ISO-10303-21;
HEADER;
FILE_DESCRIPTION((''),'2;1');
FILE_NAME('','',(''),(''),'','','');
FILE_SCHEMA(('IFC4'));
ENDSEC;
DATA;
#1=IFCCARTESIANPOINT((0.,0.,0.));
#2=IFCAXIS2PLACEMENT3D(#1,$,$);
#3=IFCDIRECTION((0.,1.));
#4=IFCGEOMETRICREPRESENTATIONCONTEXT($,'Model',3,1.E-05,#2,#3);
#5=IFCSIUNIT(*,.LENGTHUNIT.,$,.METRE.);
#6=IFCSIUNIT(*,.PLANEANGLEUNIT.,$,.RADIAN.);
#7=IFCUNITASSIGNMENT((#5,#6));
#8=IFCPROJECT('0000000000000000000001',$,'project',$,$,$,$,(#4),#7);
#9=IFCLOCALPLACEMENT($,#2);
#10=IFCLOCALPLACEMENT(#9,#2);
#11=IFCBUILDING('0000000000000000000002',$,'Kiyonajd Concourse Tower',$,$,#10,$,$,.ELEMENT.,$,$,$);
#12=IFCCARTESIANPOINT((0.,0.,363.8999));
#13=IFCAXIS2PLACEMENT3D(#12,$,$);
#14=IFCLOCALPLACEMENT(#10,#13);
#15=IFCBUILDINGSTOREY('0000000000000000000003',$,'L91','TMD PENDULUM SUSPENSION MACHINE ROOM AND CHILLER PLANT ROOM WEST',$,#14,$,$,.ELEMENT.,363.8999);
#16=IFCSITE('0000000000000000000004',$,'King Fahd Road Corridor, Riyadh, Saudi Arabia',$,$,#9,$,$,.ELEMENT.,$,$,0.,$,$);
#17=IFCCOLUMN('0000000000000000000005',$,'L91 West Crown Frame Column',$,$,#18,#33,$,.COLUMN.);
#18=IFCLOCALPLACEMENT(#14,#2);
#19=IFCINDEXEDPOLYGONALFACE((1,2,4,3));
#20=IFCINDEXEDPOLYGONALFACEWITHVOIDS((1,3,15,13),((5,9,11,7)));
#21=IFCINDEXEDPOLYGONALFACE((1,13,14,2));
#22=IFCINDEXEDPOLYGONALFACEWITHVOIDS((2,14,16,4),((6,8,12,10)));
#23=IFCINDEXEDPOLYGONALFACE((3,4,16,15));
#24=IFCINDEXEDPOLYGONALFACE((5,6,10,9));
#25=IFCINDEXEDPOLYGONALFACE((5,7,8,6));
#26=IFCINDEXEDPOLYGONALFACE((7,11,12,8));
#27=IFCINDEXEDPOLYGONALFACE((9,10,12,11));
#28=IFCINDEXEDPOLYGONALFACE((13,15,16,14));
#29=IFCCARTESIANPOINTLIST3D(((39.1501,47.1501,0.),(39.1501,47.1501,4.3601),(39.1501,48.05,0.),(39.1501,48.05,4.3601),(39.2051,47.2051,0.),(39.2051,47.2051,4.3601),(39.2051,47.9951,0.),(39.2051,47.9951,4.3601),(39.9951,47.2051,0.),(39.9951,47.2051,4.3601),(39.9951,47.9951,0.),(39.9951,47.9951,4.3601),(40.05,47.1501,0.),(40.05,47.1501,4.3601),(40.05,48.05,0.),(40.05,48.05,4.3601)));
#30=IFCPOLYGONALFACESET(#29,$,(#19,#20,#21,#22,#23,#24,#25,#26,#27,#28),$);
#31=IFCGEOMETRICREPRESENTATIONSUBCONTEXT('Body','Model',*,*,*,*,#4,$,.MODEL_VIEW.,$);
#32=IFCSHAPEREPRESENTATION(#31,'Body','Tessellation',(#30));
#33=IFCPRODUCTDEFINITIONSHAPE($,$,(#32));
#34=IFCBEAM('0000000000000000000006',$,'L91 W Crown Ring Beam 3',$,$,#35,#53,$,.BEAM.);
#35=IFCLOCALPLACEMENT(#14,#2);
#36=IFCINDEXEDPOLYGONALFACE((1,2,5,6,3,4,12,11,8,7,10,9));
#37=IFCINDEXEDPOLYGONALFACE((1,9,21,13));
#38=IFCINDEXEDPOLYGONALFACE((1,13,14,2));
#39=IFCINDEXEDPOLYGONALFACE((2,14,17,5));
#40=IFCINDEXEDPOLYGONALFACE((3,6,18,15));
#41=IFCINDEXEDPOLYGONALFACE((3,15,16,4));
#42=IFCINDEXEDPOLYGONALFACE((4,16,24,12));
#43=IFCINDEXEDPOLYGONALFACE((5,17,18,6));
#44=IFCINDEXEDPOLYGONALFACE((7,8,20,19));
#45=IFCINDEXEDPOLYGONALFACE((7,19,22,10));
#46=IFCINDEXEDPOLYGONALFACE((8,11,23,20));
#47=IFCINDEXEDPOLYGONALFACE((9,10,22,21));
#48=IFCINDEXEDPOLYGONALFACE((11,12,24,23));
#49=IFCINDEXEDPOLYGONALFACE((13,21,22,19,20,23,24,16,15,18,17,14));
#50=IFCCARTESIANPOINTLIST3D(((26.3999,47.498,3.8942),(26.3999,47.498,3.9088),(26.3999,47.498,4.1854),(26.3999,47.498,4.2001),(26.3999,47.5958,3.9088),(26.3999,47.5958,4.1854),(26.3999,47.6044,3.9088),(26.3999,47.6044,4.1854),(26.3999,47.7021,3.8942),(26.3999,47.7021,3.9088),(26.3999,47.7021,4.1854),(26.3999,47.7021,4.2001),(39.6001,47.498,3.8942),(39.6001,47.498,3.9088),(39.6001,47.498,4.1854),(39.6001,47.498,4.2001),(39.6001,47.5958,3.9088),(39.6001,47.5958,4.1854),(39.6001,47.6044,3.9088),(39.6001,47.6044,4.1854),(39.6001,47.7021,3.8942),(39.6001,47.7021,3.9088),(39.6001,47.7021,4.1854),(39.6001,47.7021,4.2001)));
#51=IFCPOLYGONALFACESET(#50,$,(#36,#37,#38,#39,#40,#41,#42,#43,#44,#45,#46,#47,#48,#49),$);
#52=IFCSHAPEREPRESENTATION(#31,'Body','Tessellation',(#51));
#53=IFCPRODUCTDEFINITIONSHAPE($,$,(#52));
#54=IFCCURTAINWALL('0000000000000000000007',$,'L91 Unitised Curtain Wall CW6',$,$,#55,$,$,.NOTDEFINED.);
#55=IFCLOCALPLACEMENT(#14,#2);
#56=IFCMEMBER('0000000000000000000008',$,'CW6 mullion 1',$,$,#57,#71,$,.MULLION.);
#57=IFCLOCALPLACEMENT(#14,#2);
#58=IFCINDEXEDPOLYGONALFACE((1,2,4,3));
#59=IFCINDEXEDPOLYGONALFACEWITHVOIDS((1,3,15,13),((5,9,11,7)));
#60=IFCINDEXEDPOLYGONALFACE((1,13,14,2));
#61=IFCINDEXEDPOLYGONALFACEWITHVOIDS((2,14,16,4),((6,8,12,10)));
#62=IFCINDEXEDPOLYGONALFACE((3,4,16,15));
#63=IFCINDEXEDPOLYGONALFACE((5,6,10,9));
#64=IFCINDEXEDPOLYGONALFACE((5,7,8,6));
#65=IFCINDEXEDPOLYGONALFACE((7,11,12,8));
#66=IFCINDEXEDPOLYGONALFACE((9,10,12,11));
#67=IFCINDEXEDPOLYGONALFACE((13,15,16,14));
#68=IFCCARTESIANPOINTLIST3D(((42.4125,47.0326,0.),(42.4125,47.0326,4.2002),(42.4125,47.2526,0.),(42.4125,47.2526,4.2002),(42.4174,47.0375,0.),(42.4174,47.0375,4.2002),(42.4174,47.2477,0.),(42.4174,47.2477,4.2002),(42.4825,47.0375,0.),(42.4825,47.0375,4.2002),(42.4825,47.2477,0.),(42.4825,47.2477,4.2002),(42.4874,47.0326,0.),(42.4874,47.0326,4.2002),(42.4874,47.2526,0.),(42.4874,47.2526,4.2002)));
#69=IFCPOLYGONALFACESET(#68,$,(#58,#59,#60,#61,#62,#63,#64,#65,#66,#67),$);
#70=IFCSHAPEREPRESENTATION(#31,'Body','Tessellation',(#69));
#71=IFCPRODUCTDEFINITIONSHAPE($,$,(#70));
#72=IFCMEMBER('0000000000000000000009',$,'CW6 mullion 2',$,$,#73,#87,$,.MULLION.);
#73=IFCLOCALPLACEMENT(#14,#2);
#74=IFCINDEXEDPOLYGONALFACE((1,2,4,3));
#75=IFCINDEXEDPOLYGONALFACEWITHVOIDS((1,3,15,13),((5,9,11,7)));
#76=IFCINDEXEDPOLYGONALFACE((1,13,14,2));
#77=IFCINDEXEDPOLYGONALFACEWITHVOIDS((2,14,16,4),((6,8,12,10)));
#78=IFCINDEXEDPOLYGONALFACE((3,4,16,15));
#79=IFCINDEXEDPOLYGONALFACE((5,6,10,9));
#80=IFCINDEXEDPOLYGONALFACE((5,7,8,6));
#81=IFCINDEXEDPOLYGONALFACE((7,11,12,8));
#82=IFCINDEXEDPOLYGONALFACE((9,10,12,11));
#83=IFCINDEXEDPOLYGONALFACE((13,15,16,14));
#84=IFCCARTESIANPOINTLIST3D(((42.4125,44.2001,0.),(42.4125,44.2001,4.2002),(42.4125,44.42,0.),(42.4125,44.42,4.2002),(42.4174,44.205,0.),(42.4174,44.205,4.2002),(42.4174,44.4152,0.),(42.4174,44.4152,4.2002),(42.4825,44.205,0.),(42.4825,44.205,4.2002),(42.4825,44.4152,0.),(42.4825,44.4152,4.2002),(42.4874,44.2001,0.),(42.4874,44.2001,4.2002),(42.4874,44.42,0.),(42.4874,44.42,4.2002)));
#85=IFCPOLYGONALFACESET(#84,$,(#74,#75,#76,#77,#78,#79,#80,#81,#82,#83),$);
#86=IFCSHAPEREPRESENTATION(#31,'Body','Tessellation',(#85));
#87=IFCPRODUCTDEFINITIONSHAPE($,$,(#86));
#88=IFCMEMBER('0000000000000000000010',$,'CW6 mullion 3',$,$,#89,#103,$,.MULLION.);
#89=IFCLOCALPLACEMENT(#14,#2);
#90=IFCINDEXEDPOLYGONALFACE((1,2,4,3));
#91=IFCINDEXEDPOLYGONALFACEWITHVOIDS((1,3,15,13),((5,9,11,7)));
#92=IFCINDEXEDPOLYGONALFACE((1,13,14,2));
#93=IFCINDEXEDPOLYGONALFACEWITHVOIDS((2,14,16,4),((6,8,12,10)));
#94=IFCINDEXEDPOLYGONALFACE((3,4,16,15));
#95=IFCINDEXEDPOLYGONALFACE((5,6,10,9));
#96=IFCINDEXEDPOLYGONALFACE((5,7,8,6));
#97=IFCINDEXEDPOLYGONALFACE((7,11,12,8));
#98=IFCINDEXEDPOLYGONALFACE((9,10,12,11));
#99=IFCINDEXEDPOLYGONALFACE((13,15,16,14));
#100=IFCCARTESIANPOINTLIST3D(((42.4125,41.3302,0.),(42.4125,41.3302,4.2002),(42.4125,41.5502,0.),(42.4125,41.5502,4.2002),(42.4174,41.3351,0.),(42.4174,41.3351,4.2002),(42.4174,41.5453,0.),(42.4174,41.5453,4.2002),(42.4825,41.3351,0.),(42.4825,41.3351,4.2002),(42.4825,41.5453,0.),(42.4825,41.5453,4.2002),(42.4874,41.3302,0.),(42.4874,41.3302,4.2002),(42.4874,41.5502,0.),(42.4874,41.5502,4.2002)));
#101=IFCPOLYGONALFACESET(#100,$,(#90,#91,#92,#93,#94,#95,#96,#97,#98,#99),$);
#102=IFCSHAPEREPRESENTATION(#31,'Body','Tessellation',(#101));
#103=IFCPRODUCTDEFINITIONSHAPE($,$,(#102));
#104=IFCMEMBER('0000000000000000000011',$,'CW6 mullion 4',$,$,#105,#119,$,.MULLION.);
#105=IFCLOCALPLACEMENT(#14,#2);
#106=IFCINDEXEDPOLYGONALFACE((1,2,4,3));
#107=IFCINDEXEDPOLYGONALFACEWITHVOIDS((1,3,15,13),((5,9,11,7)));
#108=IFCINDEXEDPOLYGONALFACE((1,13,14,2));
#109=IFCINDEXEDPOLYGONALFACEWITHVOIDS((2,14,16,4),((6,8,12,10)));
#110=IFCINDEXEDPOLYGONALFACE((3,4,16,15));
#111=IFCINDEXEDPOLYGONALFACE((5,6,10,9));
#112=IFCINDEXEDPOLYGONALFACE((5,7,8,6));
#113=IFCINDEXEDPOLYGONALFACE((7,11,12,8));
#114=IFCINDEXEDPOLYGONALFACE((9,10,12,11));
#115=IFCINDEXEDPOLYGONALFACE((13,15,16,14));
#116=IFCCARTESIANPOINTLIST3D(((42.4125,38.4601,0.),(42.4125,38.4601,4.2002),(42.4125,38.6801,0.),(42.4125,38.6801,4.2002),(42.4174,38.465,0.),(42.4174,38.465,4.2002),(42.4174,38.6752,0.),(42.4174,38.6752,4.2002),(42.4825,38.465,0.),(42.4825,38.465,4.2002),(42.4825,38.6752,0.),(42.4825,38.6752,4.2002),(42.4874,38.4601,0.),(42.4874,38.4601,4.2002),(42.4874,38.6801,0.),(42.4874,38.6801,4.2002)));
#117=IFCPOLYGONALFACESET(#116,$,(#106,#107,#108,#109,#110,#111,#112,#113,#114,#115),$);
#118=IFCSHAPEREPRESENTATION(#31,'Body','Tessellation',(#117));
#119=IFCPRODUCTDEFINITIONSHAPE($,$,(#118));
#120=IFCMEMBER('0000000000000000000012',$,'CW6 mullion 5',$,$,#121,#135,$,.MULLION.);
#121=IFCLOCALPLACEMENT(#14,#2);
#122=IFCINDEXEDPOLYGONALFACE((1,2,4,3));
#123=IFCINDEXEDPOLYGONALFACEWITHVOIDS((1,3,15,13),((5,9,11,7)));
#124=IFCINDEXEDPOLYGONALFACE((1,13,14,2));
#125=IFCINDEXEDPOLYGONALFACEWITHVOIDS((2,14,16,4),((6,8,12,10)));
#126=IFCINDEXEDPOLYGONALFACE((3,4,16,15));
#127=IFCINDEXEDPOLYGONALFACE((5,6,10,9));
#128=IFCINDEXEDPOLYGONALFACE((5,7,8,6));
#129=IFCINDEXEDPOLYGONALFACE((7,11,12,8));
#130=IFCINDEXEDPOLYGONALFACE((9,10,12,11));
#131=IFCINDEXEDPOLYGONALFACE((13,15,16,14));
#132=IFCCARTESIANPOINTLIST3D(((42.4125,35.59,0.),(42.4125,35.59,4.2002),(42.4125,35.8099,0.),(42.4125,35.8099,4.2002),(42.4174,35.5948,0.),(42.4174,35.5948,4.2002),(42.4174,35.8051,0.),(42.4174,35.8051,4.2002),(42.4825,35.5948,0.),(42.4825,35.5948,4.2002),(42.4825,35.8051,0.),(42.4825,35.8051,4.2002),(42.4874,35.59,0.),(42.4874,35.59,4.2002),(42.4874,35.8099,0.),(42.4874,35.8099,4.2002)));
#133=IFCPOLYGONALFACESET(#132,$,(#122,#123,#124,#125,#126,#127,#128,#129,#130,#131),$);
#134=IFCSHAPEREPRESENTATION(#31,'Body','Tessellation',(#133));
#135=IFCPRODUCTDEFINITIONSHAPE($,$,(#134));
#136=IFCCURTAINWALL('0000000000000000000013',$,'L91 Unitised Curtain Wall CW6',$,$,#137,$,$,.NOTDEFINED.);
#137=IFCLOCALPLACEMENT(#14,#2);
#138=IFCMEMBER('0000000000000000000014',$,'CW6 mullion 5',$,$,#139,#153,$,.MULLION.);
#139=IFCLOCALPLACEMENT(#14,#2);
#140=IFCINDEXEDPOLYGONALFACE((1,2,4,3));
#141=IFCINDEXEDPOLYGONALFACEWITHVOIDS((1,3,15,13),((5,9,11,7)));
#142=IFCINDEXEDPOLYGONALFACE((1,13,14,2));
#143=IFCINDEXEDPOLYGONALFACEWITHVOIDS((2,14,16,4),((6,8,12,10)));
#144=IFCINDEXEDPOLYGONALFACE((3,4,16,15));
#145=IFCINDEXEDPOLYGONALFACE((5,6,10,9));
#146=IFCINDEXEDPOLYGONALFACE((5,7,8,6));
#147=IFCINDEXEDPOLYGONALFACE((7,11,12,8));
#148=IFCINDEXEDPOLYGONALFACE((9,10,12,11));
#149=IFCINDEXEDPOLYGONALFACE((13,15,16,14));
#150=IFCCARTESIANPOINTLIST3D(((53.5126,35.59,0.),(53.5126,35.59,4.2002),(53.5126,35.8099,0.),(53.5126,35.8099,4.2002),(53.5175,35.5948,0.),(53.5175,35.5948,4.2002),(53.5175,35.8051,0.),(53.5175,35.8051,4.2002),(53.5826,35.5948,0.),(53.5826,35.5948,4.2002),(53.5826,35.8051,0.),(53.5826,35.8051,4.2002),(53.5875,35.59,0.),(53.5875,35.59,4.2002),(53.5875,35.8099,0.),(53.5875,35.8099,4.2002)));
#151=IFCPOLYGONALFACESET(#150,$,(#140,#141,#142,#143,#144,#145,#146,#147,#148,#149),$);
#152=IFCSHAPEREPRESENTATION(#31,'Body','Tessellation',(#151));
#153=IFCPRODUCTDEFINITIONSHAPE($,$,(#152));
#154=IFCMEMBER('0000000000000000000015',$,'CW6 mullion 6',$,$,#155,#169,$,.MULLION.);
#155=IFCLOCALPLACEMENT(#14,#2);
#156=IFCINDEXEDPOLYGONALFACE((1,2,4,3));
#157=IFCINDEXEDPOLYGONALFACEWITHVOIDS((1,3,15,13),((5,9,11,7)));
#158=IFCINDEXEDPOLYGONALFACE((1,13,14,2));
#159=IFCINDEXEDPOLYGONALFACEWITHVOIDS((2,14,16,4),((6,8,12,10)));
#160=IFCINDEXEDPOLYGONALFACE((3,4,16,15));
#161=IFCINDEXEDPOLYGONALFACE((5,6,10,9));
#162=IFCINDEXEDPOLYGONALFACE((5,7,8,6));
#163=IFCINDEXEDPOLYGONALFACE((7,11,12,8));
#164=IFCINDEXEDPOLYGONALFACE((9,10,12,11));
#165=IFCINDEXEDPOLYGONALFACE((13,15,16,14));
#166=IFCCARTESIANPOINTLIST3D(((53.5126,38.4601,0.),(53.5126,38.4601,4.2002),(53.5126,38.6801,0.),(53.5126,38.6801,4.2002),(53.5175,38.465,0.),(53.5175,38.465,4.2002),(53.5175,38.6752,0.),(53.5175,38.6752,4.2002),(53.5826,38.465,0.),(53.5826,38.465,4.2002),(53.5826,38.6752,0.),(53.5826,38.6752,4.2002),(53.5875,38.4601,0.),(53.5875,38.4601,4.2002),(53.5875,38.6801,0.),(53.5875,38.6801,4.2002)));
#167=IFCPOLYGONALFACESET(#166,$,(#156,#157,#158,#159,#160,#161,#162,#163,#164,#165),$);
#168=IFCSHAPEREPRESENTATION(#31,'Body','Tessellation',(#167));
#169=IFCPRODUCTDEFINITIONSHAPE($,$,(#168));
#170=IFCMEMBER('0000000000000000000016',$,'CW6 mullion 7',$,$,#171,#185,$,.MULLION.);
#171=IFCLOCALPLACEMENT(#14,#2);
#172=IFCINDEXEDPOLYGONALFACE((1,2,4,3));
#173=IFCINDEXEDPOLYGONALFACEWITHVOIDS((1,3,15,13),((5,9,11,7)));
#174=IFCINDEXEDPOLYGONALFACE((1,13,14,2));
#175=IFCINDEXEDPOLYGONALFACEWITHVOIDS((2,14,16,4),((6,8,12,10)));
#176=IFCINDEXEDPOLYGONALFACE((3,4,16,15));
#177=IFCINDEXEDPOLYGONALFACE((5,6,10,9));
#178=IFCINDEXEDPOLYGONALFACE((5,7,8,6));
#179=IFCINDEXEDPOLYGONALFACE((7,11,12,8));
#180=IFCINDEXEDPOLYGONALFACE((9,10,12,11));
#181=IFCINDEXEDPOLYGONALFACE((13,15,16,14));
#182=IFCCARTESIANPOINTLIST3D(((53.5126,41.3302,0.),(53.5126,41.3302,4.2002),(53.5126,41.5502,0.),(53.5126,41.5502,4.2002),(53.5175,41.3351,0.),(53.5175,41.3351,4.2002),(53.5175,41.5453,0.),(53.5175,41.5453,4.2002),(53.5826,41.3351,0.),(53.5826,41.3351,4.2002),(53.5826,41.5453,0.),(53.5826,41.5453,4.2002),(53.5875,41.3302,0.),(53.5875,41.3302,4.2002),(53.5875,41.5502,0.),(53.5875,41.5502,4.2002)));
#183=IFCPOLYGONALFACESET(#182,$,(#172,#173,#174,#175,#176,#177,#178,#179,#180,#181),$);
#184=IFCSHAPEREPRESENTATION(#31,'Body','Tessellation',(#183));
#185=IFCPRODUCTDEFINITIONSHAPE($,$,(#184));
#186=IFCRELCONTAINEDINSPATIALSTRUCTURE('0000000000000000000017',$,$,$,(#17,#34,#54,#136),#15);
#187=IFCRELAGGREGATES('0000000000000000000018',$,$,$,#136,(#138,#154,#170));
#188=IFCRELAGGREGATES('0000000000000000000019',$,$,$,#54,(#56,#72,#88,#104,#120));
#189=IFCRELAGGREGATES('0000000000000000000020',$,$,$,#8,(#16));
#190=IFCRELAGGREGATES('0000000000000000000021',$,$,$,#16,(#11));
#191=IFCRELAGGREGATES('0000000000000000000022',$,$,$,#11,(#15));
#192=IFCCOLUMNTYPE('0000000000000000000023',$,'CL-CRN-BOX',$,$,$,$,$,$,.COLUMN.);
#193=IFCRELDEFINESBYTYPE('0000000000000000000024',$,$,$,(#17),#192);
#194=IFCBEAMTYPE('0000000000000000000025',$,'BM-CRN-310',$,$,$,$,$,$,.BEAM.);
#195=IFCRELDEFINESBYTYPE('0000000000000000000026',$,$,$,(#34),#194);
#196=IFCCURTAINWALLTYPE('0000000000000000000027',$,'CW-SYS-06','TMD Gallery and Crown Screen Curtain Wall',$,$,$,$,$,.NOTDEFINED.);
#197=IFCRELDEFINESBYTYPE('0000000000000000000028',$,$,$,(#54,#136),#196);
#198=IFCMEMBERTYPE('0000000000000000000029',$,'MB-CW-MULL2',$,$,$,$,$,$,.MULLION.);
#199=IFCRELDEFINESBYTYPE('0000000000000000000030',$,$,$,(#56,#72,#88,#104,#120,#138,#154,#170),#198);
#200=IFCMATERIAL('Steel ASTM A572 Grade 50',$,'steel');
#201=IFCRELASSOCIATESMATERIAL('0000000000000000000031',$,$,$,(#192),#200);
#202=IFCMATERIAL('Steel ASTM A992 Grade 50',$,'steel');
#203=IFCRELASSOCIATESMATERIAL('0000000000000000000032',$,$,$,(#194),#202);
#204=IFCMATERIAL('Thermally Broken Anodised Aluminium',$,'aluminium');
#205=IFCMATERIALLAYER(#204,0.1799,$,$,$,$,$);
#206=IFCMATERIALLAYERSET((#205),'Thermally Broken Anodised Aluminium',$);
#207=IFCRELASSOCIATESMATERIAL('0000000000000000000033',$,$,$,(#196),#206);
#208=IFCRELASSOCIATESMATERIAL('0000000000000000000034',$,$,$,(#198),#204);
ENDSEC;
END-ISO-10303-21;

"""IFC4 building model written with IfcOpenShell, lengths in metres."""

from ifc_helpers import new_model, si_unit, direction, frame, origin, origin_2d, place, context, subcontext, project, spatial, hollow_rectangle, i_section, extrude, material, layer, layer_set, material_profile, profile_set, type_object, element, aggregate, save


model = new_model("IFC4")

# Units and contexts
model_context = context("Model", 3, precision=1e-05, world=origin(), true_north=direction((0.0, 1.0)))
body_context = subcontext(model_context, "Body", "Model", "MODEL_VIEW")
ifc_project = project(units=[si_unit("LENGTHUNIT", "METRE"), si_unit("PLANEANGLEUNIT", "RADIAN")], contexts=[model_context])

# Site, building, storey
site_placement = place(None, origin())
site = spatial("IfcSite", under=ifc_project, at=site_placement, Name="King Fahd Road Corridor, Riyadh, Saudi Arabia", CompositionType="ELEMENT", RefElevation=0.0)
building_placement = place(site_placement, origin())
building = spatial("IfcBuilding", under=site, at=building_placement, Name="Kiyonajd Concourse Tower", CompositionType="ELEMENT")
storey_placement = place(building_placement, frame((0.0, 0.0, 363.8999)))
storey = spatial("IfcBuildingStorey", under=building, at=storey_placement, Name="L91", Description="TMD PENDULUM SUSPENSION MACHINE ROOM AND CHILLER PLANT ROOM WEST", CompositionType="ELEMENT", Elevation=363.8999)

# Column
ifc_material_1 = material(Name="Steel ASTM A572 Grade 50", Category="steel")
ifc_material_profile_1 = material_profile(ifc_material_1, hollow_rectangle(XDim=0.8999, YDim=0.8999, WallThickness=0.0549, at=origin_2d()), Name="BOX-900x900x55")
ifc_profile_set_1 = profile_set([ifc_material_profile_1], Name="Steel ASTM A572 Grade 50")
column_type = type_object("IfcColumnType", Name="CL-CRN-BOX", PredefinedType="COLUMN", material=ifc_profile_set_1)
column_placement = place(storey_placement, frame((39.6001, 47.6001, 0.0), z_axis=(0.0, 0.0, 1.0), x_axis=(1.0, 0.0, 0.0)))
element("IfcColumn", 1, at=column_placement, inside=storey, type_object=column_type, Name="L91 West Crown Frame Column", PredefinedType="COLUMN", context=body_context, shape_type="SweptSolid", body=[
    extrude(hollow_rectangle(XDim=0.8999, YDim=0.8999, WallThickness=0.0549, at=origin_2d()), origin(), (0.0, 0.0, 1.0), 4.3601),
])

# Beam
ifc_material_2 = material(Name="Steel ASTM A992 Grade 50", Category="steel")
ifc_material_profile_2 = material_profile(ifc_material_2, i_section(OverallWidth=0.2041, OverallDepth=0.3059, WebThickness=0.0085, FlangeThickness=0.0146, at=origin_2d()), Name="W310X67")
ifc_profile_set_2 = profile_set([ifc_material_profile_2], Name="Steel ASTM A992 Grade 50")
beam_type = type_object("IfcBeamType", Name="BM-CRN-310", PredefinedType="BEAM", material=ifc_profile_set_2)
beam_placement = place(storey_placement, frame((39.6001, 47.6001, 4.0471), z_axis=(-1.0, 0.0, 0.0), x_axis=(0.0, -1.0, 0.0)))
element("IfcBeam", 2, at=beam_placement, inside=storey, type_object=beam_type, Name="L91 W Crown Ring Beam 3", PredefinedType="BEAM", context=body_context, shape_type="SweptSolid", body=[
    extrude(i_section(OverallWidth=0.2041, OverallDepth=0.3059, WebThickness=0.0085, FlangeThickness=0.0146, at=origin_2d()), origin(), (0.0, 0.0, 1.0), 13.2002),
])

# Curtain walls, members
ifc_material_3 = material(Name="Thermally Broken Anodised Aluminium", Category="aluminium")
ifc_layer_1 = layer(ifc_material_3, 0.1799)
ifc_layer_set_1 = layer_set([ifc_layer_1], Name="Thermally Broken Anodised Aluminium")
curtain_wall_type = type_object("IfcCurtainWallType", Name="CW-SYS-06", Description="TMD Gallery and Crown Screen Curtain Wall", PredefinedType="NOTDEFINED", material=ifc_layer_set_1)
curtain_wall_1_placement = place(storey_placement, origin())
curtain_wall_1 = element("IfcCurtainWall", 3, at=curtain_wall_1_placement, inside=storey, type_object=curtain_wall_type, Name="L91 Unitised Curtain Wall CW6", PredefinedType="NOTDEFINED")
ifc_material_profile_3 = material_profile(ifc_material_3, hollow_rectangle(XDim=0.075, YDim=0.22, WallThickness=0.0049, at=origin_2d()), Name="MULL-75x220")
ifc_profile_set_3 = profile_set([ifc_material_profile_3], Name="Thermally Broken Anodised Aluminium")
member_type_1 = type_object("IfcMemberType", Name="MB-CW-MULL2", PredefinedType="MULLION", material=ifc_profile_set_3)
member_1_placement = place(storey_placement, frame((42.45, 47.1426, 0.0), z_axis=(0.0, 0.0, 1.0), x_axis=(1.0, 0.0, 0.0)))
member_1 = element("IfcMember", 4, at=member_1_placement, type_object=member_type_1, Name="CW6 mullion 1", PredefinedType="MULLION", context=body_context, shape_type="SweptSolid", body=[
    extrude(hollow_rectangle(XDim=0.075, YDim=0.22, WallThickness=0.0049, at=origin_2d()), origin(), (0.0, 0.0, 1.0), 4.2002),
])
member_2_placement = place(storey_placement, frame((42.45, 44.3101, 0.0), z_axis=(0.0, 0.0, 1.0), x_axis=(1.0, 0.0, 0.0)))
member_2 = element("IfcMember", 5, at=member_2_placement, type_object=member_type_1, Name="CW6 mullion 2", PredefinedType="MULLION", context=body_context, shape_type="SweptSolid", body=[
    extrude(hollow_rectangle(XDim=0.075, YDim=0.22, WallThickness=0.0049, at=origin_2d()), origin(), (0.0, 0.0, 1.0), 4.2002),
])
member_3_placement = place(storey_placement, frame((42.45, 41.4402, 0.0), z_axis=(0.0, 0.0, 1.0), x_axis=(1.0, 0.0, 0.0)))
member_3 = element("IfcMember", 6, at=member_3_placement, type_object=member_type_1, Name="CW6 mullion 3", PredefinedType="MULLION", context=body_context, shape_type="SweptSolid", body=[
    extrude(hollow_rectangle(XDim=0.075, YDim=0.22, WallThickness=0.0049, at=origin_2d()), origin(), (0.0, 0.0, 1.0), 4.2002),
])
member_4_placement = place(storey_placement, frame((42.45, 38.5701, 0.0), z_axis=(0.0, 0.0, 1.0), x_axis=(1.0, 0.0, 0.0)))
member_4 = element("IfcMember", 7, at=member_4_placement, type_object=member_type_1, Name="CW6 mullion 4", PredefinedType="MULLION", context=body_context, shape_type="SweptSolid", body=[
    extrude(hollow_rectangle(XDim=0.075, YDim=0.22, WallThickness=0.0049, at=origin_2d()), origin(), (0.0, 0.0, 1.0), 4.2002),
])
member_5_placement = place(storey_placement, frame((42.45, 35.7, 0.0), z_axis=(0.0, 0.0, 1.0), x_axis=(1.0, 0.0, 0.0)))
member_5 = element("IfcMember", 8, at=member_5_placement, type_object=member_type_1, Name="CW6 mullion 5", PredefinedType="MULLION", context=body_context, shape_type="SweptSolid", body=[
    extrude(hollow_rectangle(XDim=0.075, YDim=0.22, WallThickness=0.0049, at=origin_2d()), origin(), (0.0, 0.0, 1.0), 4.2002),
])
curtain_wall_2_placement = place(storey_placement, origin())
curtain_wall_2 = element("IfcCurtainWall", 9, at=curtain_wall_2_placement, inside=storey, type_object=curtain_wall_type, Name="L91 Unitised Curtain Wall CW6", PredefinedType="NOTDEFINED")
member_6_placement = place(storey_placement, frame((53.55, 35.7, 0.0), z_axis=(0.0, 0.0, 1.0), x_axis=(-1.0, 0.0, 0.0)))
member_6 = element("IfcMember", 10, at=member_6_placement, type_object=member_type_1, Name="CW6 mullion 5", PredefinedType="MULLION", context=body_context, shape_type="SweptSolid", body=[
    extrude(hollow_rectangle(XDim=0.075, YDim=0.22, WallThickness=0.0049, at=origin_2d()), origin(), (0.0, 0.0, 1.0), 4.2002),
])
member_7_placement = place(storey_placement, frame((53.55, 38.5701, 0.0), z_axis=(0.0, 0.0, 1.0), x_axis=(-1.0, 0.0, 0.0)))
member_7 = element("IfcMember", 11, at=member_7_placement, type_object=member_type_1, Name="CW6 mullion 6", PredefinedType="MULLION", context=body_context, shape_type="SweptSolid", body=[
    extrude(hollow_rectangle(XDim=0.075, YDim=0.22, WallThickness=0.0049, at=origin_2d()), origin(), (0.0, 0.0, 1.0), 4.2002),
])
member_8_placement = place(storey_placement, frame((53.55, 41.4402, 0.0), z_axis=(0.0, 0.0, 1.0), x_axis=(-1.0, 0.0, 0.0)))
member_8 = element("IfcMember", 12, at=member_8_placement, type_object=member_type_1, Name="CW6 mullion 7", PredefinedType="MULLION", context=body_context, shape_type="SweptSolid", body=[
    extrude(hollow_rectangle(XDim=0.075, YDim=0.22, WallThickness=0.0049, at=origin_2d()), origin(), (0.0, 0.0, 1.0), 4.2002),
])
aggregate(curtain_wall_2, [member_6, member_7, member_8])

aggregate(curtain_wall_1, [member_1, member_2, member_3, member_4, member_5])

save(model, "model.ifc")
